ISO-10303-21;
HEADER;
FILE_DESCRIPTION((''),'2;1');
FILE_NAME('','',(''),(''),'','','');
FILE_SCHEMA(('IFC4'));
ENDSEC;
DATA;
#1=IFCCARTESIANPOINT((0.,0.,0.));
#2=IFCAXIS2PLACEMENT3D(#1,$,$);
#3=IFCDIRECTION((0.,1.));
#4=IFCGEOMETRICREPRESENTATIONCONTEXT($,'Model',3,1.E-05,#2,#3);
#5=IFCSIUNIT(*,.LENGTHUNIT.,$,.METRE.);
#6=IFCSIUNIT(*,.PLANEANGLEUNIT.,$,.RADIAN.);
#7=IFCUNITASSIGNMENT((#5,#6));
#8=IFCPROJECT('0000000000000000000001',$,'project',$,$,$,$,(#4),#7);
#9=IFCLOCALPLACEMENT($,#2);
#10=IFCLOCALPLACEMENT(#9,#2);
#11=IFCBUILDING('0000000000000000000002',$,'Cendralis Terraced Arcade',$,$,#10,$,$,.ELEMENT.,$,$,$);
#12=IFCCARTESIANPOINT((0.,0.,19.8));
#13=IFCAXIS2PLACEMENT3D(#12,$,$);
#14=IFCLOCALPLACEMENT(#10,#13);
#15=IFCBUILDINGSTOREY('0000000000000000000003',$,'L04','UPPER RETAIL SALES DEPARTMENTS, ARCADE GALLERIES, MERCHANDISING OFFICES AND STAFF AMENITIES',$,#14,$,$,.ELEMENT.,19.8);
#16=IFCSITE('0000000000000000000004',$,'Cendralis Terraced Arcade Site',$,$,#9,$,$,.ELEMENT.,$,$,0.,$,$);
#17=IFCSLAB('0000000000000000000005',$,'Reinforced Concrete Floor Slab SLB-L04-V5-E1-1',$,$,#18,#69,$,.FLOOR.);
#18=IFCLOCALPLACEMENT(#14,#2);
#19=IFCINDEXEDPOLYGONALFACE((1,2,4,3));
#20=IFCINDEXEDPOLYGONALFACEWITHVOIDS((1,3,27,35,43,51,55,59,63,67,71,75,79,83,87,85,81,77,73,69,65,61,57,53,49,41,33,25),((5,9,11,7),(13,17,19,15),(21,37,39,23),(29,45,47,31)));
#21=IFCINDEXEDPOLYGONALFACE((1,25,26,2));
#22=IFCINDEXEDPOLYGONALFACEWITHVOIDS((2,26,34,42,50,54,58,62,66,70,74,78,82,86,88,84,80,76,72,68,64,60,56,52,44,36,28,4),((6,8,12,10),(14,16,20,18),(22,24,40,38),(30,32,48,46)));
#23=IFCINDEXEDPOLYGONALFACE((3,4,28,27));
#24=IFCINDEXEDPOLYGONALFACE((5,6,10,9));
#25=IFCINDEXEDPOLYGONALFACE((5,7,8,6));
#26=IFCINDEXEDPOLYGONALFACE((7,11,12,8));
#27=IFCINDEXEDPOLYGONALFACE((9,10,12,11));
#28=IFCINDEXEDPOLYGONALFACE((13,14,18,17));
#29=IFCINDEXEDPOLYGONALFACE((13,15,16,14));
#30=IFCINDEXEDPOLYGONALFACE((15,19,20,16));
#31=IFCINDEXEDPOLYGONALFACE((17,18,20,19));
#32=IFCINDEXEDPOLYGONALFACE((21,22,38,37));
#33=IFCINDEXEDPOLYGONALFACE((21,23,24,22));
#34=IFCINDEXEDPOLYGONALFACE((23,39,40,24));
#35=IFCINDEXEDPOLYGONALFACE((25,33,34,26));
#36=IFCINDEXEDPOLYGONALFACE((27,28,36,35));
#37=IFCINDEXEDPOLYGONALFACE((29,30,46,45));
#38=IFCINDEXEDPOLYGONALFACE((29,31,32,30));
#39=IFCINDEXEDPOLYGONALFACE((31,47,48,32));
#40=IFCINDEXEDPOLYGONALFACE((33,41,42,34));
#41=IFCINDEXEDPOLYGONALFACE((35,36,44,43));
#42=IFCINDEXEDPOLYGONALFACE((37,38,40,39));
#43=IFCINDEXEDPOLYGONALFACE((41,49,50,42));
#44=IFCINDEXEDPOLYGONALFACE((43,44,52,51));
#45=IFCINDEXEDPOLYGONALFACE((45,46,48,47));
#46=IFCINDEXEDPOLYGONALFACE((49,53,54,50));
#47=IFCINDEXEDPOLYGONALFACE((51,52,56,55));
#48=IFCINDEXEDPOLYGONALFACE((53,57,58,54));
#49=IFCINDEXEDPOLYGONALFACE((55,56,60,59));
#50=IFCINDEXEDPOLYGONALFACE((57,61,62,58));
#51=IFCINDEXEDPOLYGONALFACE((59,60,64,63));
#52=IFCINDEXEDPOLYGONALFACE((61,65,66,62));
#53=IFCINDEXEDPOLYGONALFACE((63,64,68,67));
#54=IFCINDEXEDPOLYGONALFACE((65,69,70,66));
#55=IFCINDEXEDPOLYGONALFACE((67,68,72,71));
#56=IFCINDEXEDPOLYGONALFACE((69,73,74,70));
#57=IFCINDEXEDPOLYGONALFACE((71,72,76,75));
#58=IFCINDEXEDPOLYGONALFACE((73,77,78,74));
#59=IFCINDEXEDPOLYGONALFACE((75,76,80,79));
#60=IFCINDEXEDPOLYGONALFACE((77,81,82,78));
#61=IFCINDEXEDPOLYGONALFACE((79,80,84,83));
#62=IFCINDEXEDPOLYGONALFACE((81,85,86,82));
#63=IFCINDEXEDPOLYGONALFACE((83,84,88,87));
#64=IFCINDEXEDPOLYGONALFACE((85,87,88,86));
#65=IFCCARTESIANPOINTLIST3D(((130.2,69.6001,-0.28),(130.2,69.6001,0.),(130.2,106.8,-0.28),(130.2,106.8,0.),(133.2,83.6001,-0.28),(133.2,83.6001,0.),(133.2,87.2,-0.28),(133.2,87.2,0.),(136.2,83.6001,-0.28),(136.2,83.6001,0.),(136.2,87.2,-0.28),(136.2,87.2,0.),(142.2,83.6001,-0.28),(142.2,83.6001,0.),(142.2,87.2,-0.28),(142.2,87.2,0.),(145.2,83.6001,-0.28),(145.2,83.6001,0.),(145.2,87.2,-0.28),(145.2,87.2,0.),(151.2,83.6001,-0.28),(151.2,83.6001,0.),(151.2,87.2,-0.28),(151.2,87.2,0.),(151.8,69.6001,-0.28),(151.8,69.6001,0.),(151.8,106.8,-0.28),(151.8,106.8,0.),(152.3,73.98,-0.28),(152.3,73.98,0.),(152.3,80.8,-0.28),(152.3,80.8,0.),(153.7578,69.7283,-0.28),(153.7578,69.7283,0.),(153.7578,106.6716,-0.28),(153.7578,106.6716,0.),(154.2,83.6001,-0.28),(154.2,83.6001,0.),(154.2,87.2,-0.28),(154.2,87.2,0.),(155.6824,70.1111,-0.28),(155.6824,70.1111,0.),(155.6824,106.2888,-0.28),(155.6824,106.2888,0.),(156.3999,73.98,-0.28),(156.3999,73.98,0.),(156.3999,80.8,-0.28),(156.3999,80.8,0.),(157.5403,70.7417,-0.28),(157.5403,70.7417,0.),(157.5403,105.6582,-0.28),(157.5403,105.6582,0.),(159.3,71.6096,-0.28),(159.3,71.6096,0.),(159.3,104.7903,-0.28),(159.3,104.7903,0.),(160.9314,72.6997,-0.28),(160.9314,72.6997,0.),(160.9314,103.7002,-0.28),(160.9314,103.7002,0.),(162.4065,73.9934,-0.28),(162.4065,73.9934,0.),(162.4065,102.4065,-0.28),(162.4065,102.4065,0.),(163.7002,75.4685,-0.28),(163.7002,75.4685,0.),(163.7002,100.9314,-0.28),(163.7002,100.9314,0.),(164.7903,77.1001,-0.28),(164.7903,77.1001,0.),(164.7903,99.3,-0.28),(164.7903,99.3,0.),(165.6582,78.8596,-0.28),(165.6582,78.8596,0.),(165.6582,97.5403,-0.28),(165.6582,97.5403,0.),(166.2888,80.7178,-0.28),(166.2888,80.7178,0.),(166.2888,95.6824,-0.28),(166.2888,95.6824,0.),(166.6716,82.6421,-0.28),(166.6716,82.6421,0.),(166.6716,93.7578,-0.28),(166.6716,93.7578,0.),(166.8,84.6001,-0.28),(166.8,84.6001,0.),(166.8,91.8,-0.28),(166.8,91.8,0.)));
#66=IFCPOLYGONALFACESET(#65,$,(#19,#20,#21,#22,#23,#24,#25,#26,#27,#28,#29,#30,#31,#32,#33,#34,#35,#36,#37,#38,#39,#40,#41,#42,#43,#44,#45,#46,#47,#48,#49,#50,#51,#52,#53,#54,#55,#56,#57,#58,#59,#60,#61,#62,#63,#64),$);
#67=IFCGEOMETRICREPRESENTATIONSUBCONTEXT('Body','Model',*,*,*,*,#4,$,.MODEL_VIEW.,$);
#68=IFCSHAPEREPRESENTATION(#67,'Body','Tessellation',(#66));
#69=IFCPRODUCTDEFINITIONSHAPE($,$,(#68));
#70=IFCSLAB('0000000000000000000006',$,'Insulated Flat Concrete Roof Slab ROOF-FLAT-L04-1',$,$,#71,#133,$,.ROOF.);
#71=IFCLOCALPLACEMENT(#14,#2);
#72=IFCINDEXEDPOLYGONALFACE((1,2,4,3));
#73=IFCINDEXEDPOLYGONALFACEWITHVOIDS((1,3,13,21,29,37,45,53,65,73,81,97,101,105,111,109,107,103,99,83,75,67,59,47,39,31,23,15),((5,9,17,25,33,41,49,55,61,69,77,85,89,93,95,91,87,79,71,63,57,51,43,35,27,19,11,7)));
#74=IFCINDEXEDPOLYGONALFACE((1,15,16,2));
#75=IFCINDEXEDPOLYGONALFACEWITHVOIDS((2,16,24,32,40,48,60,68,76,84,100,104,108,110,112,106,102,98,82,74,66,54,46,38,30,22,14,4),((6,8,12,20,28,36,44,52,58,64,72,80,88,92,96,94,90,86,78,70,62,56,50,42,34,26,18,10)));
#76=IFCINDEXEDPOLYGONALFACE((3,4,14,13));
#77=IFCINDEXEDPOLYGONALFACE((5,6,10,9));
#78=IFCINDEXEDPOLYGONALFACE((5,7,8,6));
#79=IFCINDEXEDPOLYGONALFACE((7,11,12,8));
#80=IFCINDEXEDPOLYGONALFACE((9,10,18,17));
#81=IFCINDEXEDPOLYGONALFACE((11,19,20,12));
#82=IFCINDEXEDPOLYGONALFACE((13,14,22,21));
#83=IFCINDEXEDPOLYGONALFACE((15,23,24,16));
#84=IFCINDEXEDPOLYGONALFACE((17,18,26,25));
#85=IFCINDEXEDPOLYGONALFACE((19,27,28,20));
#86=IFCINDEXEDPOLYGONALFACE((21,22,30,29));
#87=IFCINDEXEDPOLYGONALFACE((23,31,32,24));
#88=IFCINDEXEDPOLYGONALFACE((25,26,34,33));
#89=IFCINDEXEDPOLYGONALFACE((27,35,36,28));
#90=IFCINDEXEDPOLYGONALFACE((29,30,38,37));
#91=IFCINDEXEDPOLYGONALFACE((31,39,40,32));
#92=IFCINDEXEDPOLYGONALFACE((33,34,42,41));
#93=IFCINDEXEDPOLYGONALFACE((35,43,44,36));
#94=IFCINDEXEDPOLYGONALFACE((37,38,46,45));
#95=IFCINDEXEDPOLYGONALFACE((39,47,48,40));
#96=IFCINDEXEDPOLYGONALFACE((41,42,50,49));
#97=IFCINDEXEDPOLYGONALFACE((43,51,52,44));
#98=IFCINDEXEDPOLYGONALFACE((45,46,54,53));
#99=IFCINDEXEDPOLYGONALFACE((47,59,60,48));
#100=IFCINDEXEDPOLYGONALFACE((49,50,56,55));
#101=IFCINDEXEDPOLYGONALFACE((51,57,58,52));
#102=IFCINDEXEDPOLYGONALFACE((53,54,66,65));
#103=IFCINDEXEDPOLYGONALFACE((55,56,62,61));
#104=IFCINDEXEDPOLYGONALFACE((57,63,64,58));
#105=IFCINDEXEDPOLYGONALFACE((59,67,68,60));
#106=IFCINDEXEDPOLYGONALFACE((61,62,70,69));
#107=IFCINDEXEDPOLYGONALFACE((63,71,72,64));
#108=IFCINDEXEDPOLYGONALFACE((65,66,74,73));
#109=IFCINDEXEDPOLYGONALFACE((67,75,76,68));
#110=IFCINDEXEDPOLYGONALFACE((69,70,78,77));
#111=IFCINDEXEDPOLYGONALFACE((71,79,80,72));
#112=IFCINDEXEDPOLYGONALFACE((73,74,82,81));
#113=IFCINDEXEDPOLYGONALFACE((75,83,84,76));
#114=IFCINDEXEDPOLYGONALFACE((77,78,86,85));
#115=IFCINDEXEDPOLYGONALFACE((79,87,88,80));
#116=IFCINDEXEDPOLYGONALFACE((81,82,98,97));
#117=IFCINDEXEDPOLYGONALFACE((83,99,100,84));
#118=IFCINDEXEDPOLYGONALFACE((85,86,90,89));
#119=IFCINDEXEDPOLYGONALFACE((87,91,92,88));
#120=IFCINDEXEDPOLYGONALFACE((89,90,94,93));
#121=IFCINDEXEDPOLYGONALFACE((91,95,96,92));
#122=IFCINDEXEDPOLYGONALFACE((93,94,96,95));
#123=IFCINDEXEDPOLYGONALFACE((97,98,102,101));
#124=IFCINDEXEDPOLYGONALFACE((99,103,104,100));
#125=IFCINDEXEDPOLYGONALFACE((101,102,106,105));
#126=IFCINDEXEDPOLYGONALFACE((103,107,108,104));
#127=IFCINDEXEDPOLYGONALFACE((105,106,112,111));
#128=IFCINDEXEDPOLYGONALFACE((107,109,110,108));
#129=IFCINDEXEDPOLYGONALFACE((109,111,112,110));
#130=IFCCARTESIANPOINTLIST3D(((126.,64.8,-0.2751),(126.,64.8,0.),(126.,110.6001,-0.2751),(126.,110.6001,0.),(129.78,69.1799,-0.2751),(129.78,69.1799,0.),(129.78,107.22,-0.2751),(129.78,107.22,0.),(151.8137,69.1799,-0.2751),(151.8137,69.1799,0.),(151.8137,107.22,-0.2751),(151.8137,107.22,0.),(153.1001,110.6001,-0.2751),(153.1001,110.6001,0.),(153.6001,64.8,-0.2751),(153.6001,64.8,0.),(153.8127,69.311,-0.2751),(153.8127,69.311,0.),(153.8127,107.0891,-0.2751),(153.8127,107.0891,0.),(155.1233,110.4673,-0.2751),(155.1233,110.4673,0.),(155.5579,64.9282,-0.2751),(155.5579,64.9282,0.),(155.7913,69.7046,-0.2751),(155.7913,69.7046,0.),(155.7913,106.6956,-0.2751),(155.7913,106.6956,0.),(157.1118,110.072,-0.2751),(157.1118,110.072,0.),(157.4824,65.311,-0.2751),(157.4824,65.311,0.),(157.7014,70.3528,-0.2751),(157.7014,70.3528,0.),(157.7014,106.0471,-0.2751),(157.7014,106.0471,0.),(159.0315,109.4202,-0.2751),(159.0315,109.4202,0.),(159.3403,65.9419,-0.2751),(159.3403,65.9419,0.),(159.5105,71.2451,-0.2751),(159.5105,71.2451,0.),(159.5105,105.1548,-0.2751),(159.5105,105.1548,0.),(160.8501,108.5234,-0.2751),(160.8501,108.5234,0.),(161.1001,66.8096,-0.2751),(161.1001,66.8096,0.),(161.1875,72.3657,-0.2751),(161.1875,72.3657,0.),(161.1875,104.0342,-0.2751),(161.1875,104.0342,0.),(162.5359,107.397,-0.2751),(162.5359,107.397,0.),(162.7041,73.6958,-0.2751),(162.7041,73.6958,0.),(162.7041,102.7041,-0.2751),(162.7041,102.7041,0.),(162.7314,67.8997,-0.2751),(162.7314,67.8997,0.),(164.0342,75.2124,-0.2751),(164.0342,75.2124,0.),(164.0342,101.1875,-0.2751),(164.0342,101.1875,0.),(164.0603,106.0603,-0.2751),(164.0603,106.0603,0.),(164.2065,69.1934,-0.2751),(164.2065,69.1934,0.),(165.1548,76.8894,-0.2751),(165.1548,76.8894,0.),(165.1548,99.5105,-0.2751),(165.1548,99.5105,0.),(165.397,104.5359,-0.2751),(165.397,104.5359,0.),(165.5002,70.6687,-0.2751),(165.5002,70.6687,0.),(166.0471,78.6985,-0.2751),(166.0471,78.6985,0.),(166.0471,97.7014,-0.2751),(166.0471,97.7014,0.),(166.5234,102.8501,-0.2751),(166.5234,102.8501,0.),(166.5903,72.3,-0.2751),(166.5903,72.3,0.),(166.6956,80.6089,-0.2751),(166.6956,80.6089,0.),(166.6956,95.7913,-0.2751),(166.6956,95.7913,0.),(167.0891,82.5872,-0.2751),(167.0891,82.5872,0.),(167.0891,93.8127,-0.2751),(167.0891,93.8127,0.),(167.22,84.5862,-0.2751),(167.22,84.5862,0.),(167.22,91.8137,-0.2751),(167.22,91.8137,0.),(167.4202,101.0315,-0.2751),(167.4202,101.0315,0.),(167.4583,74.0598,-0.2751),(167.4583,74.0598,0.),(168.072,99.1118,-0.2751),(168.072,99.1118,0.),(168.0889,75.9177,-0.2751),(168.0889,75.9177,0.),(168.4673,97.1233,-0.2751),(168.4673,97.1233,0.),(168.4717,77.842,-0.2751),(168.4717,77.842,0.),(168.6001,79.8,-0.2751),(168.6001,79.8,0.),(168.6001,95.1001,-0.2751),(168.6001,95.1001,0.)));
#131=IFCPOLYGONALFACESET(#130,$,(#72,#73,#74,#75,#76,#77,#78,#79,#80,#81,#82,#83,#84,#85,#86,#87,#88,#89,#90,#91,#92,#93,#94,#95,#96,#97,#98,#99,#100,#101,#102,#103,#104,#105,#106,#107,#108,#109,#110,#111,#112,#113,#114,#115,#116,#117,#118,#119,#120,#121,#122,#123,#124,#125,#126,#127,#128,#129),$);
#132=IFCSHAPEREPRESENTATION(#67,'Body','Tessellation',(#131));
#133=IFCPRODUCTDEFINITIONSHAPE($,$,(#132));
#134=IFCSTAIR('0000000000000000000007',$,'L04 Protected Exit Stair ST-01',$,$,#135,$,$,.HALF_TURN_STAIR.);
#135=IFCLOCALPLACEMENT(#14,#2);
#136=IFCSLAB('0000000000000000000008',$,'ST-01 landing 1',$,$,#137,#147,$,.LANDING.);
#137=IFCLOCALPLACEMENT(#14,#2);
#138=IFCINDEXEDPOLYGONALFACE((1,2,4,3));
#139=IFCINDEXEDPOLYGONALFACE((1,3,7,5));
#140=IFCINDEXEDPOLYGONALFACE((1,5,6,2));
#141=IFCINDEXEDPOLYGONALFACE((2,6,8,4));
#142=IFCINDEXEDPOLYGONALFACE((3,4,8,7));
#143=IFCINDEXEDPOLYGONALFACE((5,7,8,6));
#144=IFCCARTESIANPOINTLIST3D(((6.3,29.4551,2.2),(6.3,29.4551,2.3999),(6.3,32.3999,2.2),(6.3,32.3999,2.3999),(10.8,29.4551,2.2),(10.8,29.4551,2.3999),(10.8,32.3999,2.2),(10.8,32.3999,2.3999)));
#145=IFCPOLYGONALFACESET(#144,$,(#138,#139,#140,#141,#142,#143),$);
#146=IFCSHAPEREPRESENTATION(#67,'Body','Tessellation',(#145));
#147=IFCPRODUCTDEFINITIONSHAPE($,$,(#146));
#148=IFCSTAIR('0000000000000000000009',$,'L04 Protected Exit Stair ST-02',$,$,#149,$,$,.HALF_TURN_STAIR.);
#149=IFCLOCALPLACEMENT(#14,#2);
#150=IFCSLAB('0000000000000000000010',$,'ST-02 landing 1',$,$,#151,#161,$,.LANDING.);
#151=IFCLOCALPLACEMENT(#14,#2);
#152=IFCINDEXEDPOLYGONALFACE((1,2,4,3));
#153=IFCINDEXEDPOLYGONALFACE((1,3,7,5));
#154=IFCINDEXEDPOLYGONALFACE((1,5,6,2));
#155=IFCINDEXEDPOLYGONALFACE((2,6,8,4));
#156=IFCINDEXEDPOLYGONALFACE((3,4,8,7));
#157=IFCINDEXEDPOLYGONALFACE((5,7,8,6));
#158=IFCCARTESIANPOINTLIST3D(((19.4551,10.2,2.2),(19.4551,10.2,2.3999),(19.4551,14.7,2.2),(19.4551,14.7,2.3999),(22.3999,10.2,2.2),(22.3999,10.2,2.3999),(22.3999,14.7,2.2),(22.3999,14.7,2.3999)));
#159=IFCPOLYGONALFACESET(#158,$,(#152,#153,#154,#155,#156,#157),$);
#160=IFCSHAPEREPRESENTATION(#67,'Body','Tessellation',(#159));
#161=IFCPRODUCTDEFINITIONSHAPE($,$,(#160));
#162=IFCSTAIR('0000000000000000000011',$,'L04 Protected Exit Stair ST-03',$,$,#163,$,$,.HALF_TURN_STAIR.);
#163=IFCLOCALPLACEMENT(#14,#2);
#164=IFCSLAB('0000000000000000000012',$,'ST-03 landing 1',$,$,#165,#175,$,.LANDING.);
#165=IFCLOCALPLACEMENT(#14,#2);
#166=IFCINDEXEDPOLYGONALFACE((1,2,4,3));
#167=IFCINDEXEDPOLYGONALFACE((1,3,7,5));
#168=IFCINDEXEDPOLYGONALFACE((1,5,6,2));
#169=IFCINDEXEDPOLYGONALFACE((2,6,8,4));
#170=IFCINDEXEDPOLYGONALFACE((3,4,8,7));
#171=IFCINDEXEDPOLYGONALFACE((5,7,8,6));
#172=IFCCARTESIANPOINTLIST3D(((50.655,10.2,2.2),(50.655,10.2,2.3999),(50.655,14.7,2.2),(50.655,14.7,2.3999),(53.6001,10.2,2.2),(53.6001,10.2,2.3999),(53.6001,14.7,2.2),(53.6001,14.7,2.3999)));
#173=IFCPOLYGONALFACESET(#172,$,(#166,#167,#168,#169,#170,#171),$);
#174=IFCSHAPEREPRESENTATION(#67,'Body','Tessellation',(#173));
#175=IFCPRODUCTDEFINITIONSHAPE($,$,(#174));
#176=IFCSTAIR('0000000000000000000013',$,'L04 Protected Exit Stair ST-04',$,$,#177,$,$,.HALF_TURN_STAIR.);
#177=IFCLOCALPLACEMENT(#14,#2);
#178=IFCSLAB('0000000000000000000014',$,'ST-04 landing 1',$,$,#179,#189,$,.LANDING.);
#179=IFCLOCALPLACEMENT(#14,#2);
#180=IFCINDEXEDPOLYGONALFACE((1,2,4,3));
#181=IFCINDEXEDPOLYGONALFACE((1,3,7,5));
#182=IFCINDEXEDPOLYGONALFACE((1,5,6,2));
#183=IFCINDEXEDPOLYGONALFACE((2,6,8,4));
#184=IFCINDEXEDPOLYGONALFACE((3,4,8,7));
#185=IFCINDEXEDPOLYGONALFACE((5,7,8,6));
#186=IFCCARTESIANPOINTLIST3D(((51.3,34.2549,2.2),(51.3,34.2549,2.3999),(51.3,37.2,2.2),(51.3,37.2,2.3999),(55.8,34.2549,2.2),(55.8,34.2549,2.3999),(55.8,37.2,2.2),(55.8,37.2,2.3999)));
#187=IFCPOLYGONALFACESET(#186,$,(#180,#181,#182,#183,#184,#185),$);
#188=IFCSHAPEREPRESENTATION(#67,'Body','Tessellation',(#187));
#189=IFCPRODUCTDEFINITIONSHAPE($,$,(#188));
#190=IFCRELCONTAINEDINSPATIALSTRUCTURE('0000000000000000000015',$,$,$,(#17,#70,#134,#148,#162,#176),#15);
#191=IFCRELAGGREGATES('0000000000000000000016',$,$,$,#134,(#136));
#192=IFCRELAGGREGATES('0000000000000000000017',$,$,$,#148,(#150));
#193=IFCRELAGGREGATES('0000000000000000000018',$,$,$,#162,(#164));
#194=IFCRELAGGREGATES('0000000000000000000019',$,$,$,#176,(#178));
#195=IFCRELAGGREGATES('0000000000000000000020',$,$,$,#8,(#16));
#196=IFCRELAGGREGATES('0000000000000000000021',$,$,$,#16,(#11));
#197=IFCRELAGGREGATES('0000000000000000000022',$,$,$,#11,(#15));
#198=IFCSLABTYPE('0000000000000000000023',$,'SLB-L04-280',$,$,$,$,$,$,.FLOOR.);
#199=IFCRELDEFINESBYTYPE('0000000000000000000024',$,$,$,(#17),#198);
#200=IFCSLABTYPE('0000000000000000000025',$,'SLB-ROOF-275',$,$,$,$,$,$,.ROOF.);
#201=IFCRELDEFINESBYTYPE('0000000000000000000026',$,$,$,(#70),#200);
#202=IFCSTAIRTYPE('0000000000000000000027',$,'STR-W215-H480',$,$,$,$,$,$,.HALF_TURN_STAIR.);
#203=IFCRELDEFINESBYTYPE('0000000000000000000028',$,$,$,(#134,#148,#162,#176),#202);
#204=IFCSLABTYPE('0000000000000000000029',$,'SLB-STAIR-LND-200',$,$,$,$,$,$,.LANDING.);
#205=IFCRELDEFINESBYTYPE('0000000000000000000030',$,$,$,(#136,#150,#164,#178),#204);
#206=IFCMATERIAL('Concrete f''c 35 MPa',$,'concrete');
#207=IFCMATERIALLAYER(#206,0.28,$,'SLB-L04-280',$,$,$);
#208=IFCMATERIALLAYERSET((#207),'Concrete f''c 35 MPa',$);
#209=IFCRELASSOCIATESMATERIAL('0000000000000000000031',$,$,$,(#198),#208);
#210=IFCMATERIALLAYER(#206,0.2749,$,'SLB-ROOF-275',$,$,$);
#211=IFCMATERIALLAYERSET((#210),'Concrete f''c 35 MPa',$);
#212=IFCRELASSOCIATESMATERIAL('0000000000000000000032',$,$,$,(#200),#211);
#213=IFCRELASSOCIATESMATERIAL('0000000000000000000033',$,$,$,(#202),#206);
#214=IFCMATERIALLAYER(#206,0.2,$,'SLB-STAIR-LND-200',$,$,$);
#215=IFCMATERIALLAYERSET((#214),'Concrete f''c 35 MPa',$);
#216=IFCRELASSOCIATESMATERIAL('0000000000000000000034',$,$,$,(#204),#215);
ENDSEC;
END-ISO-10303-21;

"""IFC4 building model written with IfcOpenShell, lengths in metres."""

from ifc_helpers import new_model, si_unit, direction, frame, origin, place, context, subcontext, project, spatial, polyline, outline, extrude, material, layer, layer_set, type_object, element, aggregate, save


model = new_model("IFC4")

# Units and contexts
model_context = context("Model", 3, precision=1e-05, world=origin(), true_north=direction((0.0, 1.0)))
body_context = subcontext(model_context, "Body", "Model", "MODEL_VIEW")
ifc_project = project(units=[si_unit("LENGTHUNIT", "METRE"), si_unit("PLANEANGLEUNIT", "RADIAN")], contexts=[model_context])

# Site, building, storey
site_placement = place(None, origin())
site = spatial("IfcSite", under=ifc_project, at=site_placement, Name="Cendralis Terraced Arcade Site", CompositionType="ELEMENT", RefElevation=0.0)
building_placement = place(site_placement, origin())
building = spatial("IfcBuilding", under=site, at=building_placement, Name="Cendralis Terraced Arcade", CompositionType="ELEMENT")
storey_placement = place(building_placement, frame((0.0, 0.0, 19.8)))
storey = spatial("IfcBuildingStorey", under=building, at=storey_placement, Name="L04", Description="UPPER RETAIL SALES DEPARTMENTS, ARCADE GALLERIES, MERCHANDISING OFFICES AND STAFF AMENITIES", CompositionType="ELEMENT", Elevation=19.8)

# Slabs
ifc_material_1 = material(Name="Concrete f'c 35 MPa", Category="concrete")
ifc_layer_1 = layer(ifc_material_1, 0.28, Name="SLB-L04-280")
ifc_layer_set_1 = layer_set([ifc_layer_1], Name="Concrete f'c 35 MPa")
slab_type_1 = type_object("IfcSlabType", Name="SLB-L04-280", PredefinedType="FLOOR", material=ifc_layer_set_1)
slab_1_placement = place(storey_placement, frame((0.0, 0.0, -0.28)))
element("IfcSlab", 1, at=slab_1_placement, inside=storey, type_object=slab_type_1, Name="Reinforced Concrete Floor Slab SLB-L04-V5-E1-1", PredefinedType="FLOOR", context=body_context, shape_type="SweptSolid", body=[
    extrude(outline(polyline([(153.7578, 106.6716), (155.6824, 106.2888), (157.5403, 105.6582), (159.3, 104.7903), (160.9314, 103.7002), (162.4065, 102.4065), (163.7002, 100.9314), (164.7903, 99.3), (165.6582, 97.5403), (166.2888, 95.6824), (166.6716, 93.7578), (166.8, 91.8), (166.8, 84.6001), (166.6716, 82.6421), (166.2888, 80.7178), (165.6582, 78.8596), (164.7903, 77.1001), (163.7002, 75.4685), (162.4065, 73.9934), (160.9314, 72.6997), (159.3, 71.6096), (157.5403, 70.7417), (155.6824, 70.1111), (153.7578, 69.7283), (151.8, 69.6001), (130.2, 69.6001), (130.2, 106.8), (151.8, 106.8), (153.7578, 106.6716)]), holes=[polyline([(152.3, 80.8), (152.3, 73.98), (156.3999, 73.98), (156.3999, 80.8), (152.3, 80.8)]), polyline([(133.2, 87.2), (133.2, 83.6001), (136.2, 83.6001), (136.2, 87.2), (133.2, 87.2)]), polyline([(145.2, 87.2), (142.2, 87.2), (142.2, 83.6001), (145.2, 83.6001), (145.2, 87.2)]), polyline([(154.2, 87.2), (151.2, 87.2), (151.2, 83.6001), (154.2, 83.6001), (154.2, 87.2)])]), origin(), (0.0, 0.0, 1.0), 0.28),
])
ifc_layer_2 = layer(ifc_material_1, 0.2749, Name="SLB-ROOF-275")
ifc_layer_set_2 = layer_set([ifc_layer_2], Name="Concrete f'c 35 MPa")
slab_type_2 = type_object("IfcSlabType", Name="SLB-ROOF-275", PredefinedType="ROOF", material=ifc_layer_set_2)
slab_2_placement = place(storey_placement, frame((0.0, 0.0, -0.2751)))
element("IfcSlab", 2, at=slab_2_placement, inside=storey, type_object=slab_type_2, Name="Insulated Flat Concrete Roof Slab ROOF-FLAT-L04-1", PredefinedType="ROOF", context=body_context, shape_type="SweptSolid", body=[
    extrude(outline(polyline([(159.0315, 109.4202), (160.8501, 108.5234), (162.5359, 107.397), (164.0603, 106.0603), (165.397, 104.5359), (166.5234, 102.8501), (167.4202, 101.0315), (168.072, 99.1118), (168.4673, 97.1233), (168.6001, 95.1001), (168.6001, 79.8), (168.4717, 77.842), (168.0889, 75.9177), (167.4583, 74.0598), (166.5903, 72.3), (165.5002, 70.6687), (164.2065, 69.1934), (162.7314, 67.8997), (161.1001, 66.8096), (159.3403, 65.9419), (157.4824, 65.311), (155.5579, 64.9282), (153.6001, 64.8), (126.0, 64.8), (126.0, 110.6001), (153.1001, 110.6001), (155.1233, 110.4673), (157.1118, 110.072), (159.0315, 109.4202)]), holes=[polyline([(151.8137, 69.1799), (153.8127, 69.311), (155.7913, 69.7046), (157.7014, 70.3528), (159.5105, 71.2451), (161.1875, 72.3657), (162.7041, 73.6958), (164.0342, 75.2124), (165.1548, 76.8894), (166.0471, 78.6985), (166.6956, 80.6089), (167.0891, 82.5872), (167.22, 84.5862), (167.22, 91.8137), (167.0891, 93.8127), (166.6956, 95.7913), (166.0471, 97.7014), (165.1548, 99.5105), (164.0342, 101.1875), (162.7041, 102.7041), (161.1875, 104.0342), (159.5105, 105.1548), (157.7014, 106.0471), (155.7913, 106.6956), (153.8127, 107.0891), (151.8137, 107.22), (129.78, 107.22), (129.78, 69.1799), (151.8137, 69.1799)])]), origin(), (0.0, 0.0, 1.0), 0.2751),
])

# Stairs, slabs
stair_type = type_object("IfcStairType", Name="STR-W215-H480", PredefinedType="HALF_TURN_STAIR", material=ifc_material_1)
stair_1_placement = place(storey_placement, origin())
stair_1 = element("IfcStair", 3, at=stair_1_placement, inside=storey, type_object=stair_type, Name="L04 Protected Exit Stair ST-01", PredefinedType="HALF_TURN_STAIR")
ifc_layer_3 = layer(ifc_material_1, 0.2, Name="SLB-STAIR-LND-200")
ifc_layer_set_3 = layer_set([ifc_layer_3], Name="Concrete f'c 35 MPa")
slab_type_3 = type_object("IfcSlabType", Name="SLB-STAIR-LND-200", PredefinedType="LANDING", material=ifc_layer_set_3)
slab_3_placement = place(storey_placement, frame((0.0, 0.0, 2.2)))
slab_3 = element("IfcSlab", 4, at=slab_3_placement, type_object=slab_type_3, Name="ST-01 landing 1", PredefinedType="LANDING", context=body_context, shape_type="SweptSolid", body=[
    extrude(outline(polyline([(10.8, 29.4551), (10.8, 32.3999), (6.3, 32.3999), (6.3, 29.4551), (10.8, 29.4551)])), origin(), (0.0, 0.0, 1.0), 0.2),
])
aggregate(stair_1, [slab_3])
stair_2_placement = place(storey_placement, origin())
stair_2 = element("IfcStair", 5, at=stair_2_placement, inside=storey, type_object=stair_type, Name="L04 Protected Exit Stair ST-02", PredefinedType="HALF_TURN_STAIR")
slab_4_placement = place(storey_placement, frame((0.0, 0.0, 2.2)))
slab_4 = element("IfcSlab", 6, at=slab_4_placement, type_object=slab_type_3, Name="ST-02 landing 1", PredefinedType="LANDING", context=body_context, shape_type="SweptSolid", body=[
    extrude(outline(polyline([(19.4551, 10.2), (22.3999, 10.2), (22.3999, 14.7), (19.4551, 14.7), (19.4551, 10.2)])), origin(), (0.0, 0.0, 1.0), 0.2),
])
aggregate(stair_2, [slab_4])
stair_3_placement = place(storey_placement, origin())
stair_3 = element("IfcStair", 7, at=stair_3_placement, inside=storey, type_object=stair_type, Name="L04 Protected Exit Stair ST-03", PredefinedType="HALF_TURN_STAIR")
slab_5_placement = place(storey_placement, frame((0.0, 0.0, 2.2)))
slab_5 = element("IfcSlab", 8, at=slab_5_placement, type_object=slab_type_3, Name="ST-03 landing 1", PredefinedType="LANDING", context=body_context, shape_type="SweptSolid", body=[
    extrude(outline(polyline([(50.655, 10.2), (53.6001, 10.2), (53.6001, 14.7), (50.655, 14.7), (50.655, 10.2)])), origin(), (0.0, 0.0, 1.0), 0.2),
])
aggregate(stair_3, [slab_5])
stair_4_placement = place(storey_placement, origin())
stair_4 = element("IfcStair", 9, at=stair_4_placement, inside=storey, type_object=stair_type, Name="L04 Protected Exit Stair ST-04", PredefinedType="HALF_TURN_STAIR")
slab_6_placement = place(storey_placement, frame((0.0, 0.0, 2.2)))
slab_6 = element("IfcSlab", 10, at=slab_6_placement, type_object=slab_type_3, Name="ST-04 landing 1", PredefinedType="LANDING", context=body_context, shape_type="SweptSolid", body=[
    extrude(outline(polyline([(55.8, 34.2549), (55.8, 37.2), (51.3, 37.2), (51.3, 34.2549), (55.8, 34.2549)])), origin(), (0.0, 0.0, 1.0), 0.2),
])
aggregate(stair_4, [slab_6])

save(model, "model.ifc")
